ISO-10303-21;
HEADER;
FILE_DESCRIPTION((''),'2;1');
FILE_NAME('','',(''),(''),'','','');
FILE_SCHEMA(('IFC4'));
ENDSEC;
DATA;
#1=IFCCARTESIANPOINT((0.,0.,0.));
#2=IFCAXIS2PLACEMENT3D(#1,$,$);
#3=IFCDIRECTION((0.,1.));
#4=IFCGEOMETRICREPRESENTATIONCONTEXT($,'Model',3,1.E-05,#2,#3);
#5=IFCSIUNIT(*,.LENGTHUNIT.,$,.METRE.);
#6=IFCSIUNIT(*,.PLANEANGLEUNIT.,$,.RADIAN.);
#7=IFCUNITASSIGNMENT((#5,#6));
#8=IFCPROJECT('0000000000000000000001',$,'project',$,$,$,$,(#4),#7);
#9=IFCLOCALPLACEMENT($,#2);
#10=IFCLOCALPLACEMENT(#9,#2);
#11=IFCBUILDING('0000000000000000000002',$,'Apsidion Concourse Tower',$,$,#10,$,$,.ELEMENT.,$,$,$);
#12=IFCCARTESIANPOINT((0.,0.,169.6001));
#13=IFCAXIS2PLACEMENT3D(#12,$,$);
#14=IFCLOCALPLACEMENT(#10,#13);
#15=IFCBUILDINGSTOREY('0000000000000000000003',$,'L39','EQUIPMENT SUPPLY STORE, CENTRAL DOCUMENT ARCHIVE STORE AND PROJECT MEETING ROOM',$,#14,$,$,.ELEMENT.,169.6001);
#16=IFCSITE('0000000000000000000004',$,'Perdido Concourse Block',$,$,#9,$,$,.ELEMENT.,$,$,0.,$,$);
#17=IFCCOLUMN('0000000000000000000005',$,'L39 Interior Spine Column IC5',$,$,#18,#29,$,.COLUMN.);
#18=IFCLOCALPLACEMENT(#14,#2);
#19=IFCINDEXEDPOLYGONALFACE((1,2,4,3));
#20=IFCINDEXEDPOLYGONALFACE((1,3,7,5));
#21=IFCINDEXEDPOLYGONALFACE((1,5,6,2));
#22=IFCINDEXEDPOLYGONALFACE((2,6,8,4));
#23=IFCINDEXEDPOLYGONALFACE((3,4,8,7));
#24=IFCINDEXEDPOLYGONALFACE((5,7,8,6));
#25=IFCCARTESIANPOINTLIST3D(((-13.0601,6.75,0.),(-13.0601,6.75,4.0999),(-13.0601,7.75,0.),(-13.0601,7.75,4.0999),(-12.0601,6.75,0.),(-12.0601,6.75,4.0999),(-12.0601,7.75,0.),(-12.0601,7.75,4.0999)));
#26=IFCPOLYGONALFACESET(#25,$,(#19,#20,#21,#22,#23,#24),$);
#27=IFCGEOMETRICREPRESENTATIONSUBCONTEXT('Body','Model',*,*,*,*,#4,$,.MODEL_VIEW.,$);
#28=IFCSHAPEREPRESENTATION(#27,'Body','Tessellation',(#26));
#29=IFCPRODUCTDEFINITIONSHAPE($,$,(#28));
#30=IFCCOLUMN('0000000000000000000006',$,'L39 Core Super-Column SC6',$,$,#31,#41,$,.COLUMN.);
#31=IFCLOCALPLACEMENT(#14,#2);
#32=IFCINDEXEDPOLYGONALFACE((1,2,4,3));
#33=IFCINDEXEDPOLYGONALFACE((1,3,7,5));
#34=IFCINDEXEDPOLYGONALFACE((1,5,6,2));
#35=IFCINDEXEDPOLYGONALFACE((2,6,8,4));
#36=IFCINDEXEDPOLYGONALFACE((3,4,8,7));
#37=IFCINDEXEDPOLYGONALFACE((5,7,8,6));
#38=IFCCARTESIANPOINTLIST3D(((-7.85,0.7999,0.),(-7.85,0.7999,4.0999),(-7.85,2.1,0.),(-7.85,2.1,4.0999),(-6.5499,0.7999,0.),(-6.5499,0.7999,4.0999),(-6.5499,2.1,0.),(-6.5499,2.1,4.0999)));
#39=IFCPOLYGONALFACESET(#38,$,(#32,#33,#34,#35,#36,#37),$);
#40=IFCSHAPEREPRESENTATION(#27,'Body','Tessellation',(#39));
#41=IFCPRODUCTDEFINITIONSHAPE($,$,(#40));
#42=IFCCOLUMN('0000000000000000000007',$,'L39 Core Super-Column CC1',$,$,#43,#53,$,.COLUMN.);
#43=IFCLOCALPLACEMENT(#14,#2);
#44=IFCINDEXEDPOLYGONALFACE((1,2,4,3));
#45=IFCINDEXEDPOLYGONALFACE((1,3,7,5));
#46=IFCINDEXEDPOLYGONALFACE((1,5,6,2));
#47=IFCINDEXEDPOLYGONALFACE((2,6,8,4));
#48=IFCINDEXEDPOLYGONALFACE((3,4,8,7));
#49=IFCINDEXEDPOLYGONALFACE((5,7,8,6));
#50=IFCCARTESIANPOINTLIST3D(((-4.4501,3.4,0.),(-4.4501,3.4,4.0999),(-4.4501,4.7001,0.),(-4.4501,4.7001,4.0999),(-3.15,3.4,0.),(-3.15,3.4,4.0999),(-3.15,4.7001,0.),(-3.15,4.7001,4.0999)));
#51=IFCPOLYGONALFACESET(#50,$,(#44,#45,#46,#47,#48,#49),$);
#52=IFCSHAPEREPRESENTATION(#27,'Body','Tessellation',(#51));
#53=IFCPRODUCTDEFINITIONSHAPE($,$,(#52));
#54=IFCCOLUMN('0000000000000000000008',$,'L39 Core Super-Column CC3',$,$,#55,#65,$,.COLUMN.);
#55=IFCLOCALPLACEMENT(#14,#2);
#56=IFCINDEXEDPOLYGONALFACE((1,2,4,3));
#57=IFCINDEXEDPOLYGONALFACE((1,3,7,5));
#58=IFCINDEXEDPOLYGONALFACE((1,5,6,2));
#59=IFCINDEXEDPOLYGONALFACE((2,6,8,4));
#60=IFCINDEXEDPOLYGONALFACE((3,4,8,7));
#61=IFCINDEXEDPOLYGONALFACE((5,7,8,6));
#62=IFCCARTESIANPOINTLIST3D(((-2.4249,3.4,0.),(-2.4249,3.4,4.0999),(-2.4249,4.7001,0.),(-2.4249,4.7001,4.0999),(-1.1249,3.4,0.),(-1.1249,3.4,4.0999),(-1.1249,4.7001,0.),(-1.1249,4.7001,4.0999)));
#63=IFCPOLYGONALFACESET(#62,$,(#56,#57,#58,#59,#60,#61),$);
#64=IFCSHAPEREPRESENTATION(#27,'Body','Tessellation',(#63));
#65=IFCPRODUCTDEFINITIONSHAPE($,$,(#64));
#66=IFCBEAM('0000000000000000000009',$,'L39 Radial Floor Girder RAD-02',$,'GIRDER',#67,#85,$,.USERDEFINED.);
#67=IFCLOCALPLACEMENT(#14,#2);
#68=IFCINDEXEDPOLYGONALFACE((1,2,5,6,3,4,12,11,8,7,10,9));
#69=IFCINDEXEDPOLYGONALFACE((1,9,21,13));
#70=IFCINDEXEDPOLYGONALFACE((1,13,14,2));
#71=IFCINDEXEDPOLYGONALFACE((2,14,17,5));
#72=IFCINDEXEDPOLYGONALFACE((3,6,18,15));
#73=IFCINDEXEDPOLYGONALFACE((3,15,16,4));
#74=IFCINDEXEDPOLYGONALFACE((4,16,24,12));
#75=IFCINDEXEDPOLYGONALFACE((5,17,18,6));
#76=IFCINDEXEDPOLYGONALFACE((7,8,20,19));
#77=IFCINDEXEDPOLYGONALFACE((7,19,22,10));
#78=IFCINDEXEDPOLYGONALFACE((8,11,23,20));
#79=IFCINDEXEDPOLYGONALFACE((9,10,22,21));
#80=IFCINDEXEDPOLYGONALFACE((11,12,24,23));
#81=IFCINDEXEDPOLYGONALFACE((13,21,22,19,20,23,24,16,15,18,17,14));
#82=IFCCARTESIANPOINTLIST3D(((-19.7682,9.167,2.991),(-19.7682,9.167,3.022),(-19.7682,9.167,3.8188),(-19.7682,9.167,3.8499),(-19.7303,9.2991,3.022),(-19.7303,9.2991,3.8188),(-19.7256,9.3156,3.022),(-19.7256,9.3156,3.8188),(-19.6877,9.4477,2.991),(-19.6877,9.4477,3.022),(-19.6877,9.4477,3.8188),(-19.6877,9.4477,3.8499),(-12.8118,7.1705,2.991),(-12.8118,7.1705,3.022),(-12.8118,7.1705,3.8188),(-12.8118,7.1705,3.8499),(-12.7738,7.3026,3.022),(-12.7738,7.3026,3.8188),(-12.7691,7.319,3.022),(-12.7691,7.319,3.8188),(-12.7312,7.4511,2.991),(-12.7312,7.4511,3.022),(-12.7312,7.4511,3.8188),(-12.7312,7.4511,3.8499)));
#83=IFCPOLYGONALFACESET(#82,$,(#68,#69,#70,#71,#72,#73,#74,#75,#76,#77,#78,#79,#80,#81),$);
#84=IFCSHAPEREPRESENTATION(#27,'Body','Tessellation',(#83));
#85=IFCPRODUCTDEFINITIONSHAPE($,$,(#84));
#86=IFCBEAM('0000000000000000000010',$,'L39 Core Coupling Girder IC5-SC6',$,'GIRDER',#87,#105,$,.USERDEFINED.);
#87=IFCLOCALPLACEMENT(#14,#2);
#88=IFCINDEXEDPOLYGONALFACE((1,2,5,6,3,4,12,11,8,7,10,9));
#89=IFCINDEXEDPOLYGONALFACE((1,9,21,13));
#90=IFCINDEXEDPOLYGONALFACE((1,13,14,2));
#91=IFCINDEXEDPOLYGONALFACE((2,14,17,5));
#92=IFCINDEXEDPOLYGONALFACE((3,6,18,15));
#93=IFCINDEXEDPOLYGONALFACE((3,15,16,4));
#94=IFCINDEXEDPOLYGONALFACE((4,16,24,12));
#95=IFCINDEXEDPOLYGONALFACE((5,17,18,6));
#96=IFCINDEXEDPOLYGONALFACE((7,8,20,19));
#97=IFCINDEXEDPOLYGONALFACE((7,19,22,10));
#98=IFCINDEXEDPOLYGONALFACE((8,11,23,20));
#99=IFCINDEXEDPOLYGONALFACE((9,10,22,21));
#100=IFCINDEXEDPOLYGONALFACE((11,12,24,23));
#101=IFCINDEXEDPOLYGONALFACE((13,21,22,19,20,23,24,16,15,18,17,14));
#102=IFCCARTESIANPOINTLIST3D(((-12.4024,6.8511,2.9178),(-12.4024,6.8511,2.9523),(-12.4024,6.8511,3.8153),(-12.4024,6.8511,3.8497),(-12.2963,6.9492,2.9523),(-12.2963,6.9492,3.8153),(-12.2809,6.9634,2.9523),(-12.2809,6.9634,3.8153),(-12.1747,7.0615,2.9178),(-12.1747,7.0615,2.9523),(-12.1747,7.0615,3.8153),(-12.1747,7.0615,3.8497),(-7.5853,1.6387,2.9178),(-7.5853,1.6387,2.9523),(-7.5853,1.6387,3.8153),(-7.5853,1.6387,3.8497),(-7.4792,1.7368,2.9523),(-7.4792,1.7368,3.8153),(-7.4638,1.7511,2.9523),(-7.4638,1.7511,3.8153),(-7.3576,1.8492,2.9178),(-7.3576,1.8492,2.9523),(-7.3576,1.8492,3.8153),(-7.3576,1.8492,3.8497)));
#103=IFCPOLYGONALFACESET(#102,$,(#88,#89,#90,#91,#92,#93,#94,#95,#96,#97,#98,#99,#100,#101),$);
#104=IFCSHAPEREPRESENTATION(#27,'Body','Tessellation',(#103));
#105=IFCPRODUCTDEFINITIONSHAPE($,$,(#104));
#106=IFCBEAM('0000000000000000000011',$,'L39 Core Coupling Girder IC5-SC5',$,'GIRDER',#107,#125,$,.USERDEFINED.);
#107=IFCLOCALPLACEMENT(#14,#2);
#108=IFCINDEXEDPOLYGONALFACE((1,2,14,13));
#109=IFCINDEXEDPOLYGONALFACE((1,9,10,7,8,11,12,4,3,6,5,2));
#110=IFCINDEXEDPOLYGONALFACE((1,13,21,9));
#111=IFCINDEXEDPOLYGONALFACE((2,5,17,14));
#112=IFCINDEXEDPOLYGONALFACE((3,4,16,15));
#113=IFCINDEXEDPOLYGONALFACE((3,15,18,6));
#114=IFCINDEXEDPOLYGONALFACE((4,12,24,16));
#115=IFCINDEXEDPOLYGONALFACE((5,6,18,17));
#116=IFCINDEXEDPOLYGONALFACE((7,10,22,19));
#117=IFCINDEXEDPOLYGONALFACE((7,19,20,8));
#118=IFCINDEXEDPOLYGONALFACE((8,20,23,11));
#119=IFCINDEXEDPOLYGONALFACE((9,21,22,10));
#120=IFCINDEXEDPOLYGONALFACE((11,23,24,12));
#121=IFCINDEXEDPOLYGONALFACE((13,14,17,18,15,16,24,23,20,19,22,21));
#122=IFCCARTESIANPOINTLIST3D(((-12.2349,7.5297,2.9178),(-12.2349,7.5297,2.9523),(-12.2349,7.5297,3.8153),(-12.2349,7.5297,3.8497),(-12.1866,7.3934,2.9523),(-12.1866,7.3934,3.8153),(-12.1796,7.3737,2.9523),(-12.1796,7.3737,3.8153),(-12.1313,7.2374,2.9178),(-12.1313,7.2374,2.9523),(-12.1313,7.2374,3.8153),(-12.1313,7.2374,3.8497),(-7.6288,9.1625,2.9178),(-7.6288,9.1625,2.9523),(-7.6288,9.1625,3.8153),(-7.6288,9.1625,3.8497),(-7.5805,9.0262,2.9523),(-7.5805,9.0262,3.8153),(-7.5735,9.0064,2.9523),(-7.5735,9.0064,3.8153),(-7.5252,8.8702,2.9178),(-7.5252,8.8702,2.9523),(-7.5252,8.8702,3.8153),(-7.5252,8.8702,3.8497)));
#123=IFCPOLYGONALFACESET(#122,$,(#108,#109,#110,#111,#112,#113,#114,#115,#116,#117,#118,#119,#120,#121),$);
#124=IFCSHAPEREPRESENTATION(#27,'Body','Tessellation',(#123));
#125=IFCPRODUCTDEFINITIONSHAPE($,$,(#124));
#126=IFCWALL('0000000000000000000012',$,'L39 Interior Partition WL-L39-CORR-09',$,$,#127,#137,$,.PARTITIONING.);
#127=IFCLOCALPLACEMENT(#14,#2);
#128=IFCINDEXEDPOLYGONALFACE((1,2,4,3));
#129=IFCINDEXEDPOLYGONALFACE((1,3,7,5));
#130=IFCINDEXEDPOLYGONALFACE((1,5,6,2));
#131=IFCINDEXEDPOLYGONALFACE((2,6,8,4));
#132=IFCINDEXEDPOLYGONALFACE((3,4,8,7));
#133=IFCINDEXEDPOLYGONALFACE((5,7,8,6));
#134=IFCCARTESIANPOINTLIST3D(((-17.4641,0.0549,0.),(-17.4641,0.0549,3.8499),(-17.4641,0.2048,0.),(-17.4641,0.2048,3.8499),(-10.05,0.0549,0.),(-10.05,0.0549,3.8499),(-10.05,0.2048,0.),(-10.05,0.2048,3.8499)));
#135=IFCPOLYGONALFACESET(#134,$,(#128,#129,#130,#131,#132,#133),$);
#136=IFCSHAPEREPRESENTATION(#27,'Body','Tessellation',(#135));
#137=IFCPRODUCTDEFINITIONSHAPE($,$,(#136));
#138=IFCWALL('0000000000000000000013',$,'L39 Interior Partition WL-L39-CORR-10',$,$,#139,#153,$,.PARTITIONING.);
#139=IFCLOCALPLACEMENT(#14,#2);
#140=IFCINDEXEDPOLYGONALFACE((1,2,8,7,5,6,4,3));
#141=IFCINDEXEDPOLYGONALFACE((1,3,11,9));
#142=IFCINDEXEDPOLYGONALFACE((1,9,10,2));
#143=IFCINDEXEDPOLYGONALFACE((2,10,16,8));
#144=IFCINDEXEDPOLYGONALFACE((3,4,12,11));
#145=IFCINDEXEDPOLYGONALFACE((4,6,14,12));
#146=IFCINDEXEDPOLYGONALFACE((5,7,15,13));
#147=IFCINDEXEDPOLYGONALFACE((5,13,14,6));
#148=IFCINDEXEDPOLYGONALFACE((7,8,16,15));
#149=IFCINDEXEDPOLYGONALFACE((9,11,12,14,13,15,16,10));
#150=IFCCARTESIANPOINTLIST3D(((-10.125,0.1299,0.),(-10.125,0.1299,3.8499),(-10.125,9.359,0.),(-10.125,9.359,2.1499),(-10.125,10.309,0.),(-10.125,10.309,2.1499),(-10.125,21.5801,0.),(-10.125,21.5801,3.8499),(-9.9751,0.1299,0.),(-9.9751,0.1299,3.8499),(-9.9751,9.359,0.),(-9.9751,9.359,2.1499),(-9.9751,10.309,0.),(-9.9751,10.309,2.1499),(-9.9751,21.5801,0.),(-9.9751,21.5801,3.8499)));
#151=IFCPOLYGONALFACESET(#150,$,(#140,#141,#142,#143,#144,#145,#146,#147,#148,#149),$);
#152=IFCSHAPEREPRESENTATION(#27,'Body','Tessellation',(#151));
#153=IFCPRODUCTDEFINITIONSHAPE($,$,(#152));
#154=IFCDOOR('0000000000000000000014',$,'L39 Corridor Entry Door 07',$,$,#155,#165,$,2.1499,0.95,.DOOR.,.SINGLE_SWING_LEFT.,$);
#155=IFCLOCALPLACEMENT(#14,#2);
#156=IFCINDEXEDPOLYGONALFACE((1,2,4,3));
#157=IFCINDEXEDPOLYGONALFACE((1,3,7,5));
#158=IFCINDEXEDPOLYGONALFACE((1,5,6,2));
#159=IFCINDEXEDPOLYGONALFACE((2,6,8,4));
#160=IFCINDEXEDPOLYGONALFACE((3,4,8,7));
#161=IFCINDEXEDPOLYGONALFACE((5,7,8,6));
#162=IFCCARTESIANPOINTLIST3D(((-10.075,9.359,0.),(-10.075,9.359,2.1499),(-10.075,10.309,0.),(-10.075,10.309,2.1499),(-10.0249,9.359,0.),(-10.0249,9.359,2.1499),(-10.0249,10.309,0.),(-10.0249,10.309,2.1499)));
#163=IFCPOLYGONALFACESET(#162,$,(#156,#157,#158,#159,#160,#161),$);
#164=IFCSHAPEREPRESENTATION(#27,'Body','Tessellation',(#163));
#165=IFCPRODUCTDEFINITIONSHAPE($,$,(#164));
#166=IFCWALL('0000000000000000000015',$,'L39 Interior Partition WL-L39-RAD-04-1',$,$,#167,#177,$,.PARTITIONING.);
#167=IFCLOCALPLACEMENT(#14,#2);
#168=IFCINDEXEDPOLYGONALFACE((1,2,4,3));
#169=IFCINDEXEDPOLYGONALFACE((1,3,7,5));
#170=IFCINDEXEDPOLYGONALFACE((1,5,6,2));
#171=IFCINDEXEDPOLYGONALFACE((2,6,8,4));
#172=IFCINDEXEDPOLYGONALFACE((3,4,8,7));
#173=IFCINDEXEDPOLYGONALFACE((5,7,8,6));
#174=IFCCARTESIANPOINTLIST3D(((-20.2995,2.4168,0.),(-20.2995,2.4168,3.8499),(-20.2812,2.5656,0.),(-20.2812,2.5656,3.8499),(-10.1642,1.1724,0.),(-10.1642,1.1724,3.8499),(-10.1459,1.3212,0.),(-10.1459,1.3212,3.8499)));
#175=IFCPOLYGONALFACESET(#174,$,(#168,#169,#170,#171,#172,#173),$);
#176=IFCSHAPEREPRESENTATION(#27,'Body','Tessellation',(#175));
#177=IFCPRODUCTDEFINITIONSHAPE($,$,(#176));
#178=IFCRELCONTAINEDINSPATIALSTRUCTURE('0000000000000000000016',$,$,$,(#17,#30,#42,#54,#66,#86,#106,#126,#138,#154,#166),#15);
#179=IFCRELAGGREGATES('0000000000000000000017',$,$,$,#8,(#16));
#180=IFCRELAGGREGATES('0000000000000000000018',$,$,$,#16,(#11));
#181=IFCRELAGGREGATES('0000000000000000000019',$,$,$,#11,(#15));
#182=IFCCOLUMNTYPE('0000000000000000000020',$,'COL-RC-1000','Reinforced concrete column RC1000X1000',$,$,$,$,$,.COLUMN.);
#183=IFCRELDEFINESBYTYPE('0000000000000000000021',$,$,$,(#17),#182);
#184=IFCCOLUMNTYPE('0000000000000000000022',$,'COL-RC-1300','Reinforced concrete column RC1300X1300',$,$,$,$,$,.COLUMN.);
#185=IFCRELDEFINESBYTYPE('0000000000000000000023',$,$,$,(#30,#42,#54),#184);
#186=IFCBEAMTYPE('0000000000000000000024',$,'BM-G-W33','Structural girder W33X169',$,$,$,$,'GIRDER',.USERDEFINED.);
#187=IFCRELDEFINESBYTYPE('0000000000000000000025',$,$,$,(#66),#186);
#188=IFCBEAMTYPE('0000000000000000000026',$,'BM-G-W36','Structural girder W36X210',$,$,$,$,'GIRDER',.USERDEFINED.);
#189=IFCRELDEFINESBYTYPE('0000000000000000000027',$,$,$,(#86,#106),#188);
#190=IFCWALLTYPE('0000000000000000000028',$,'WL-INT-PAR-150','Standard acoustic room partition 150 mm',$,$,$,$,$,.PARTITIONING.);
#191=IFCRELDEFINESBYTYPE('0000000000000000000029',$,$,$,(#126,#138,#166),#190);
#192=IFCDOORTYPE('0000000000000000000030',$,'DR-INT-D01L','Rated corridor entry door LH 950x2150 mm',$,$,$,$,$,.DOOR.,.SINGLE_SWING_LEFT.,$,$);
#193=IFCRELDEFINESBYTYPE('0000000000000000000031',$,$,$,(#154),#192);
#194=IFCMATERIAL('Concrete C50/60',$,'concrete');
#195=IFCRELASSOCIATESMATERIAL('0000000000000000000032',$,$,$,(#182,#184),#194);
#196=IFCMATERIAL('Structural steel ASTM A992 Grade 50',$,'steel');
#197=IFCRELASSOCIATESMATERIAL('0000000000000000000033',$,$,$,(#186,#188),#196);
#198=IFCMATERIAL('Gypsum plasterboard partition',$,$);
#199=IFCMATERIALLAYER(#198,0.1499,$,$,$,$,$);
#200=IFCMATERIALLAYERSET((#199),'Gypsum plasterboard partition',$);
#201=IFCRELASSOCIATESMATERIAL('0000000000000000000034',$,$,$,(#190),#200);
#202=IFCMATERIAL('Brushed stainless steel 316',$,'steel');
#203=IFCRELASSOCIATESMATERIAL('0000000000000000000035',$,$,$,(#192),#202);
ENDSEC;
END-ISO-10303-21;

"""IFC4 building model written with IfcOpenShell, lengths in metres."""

from ifc_helpers import new_model, si_unit, direction, frame, frame_2d, origin, origin_2d, place, context, subcontext, project, spatial, rectangle, i_section, extrude, material, layer, layer_set, material_profile, profile_set, type_object, element, fill, save


model = new_model("IFC4")

# Units and contexts
model_context = context("Model", 3, precision=1e-05, world=origin(), true_north=direction((0.0, 1.0)))
body_context = subcontext(model_context, "Body", "Model", "MODEL_VIEW")
ifc_project = project(units=[si_unit("LENGTHUNIT", "METRE"), si_unit("PLANEANGLEUNIT", "RADIAN")], contexts=[model_context])

# Site, building, storey
site_placement = place(None, origin())
site = spatial("IfcSite", under=ifc_project, at=site_placement, Name="Perdido Concourse Block", CompositionType="ELEMENT", RefElevation=0.0)
building_placement = place(site_placement, origin())
building = spatial("IfcBuilding", under=site, at=building_placement, Name="Apsidion Concourse Tower", CompositionType="ELEMENT")
storey_placement = place(building_placement, frame((0.0, 0.0, 169.6001)))
storey = spatial("IfcBuildingStorey", under=building, at=storey_placement, Name="L39", Description="EQUIPMENT SUPPLY STORE, CENTRAL DOCUMENT ARCHIVE STORE AND PROJECT MEETING ROOM", CompositionType="ELEMENT", Elevation=169.6001)

# Columns
ifc_material_1 = material(Name="Concrete C50/60", Category="concrete")
ifc_material_profile_1 = material_profile(ifc_material_1, rectangle(XDim=1.0, YDim=1.0, at=origin_2d()), Name="RC 1000x1000")
ifc_profile_set_1 = profile_set([ifc_material_profile_1], Name="Concrete C50/60")
column_type_1 = type_object("IfcColumnType", Name="COL-RC-1000", Description="Reinforced concrete column RC1000X1000", PredefinedType="COLUMN", material=ifc_profile_set_1)
column_placement = place(storey_placement, frame((-12.5601, 7.25, 0.0), z_axis=(0.0, 0.0, 1.0), x_axis=(1.0, 0.0, 0.0)))
element("IfcColumn", 1, at=column_placement, inside=storey, type_object=column_type_1, Name="L39 Interior Spine Column IC5", PredefinedType="COLUMN", context=body_context, shape_type="SweptSolid", body=[
    extrude(rectangle(XDim=1.0, YDim=1.0, at=origin_2d()), origin(), (0.0, 0.0, 1.0), 4.0999),
])
ifc_material_profile_2 = material_profile(ifc_material_1, rectangle(XDim=1.3, YDim=1.3, at=origin_2d()), Name="RC 1300x1300")
ifc_profile_set_2 = profile_set([ifc_material_profile_2], Name="Concrete C50/60")
column_type_2 = type_object("IfcColumnType", Name="COL-RC-1300", Description="Reinforced concrete column RC1300X1300", PredefinedType="COLUMN", material=ifc_profile_set_2)
for number, where, z_axis, x_axis, name in (
    (2, (-7.2, 1.45, 0.0), (0.0, 0.0, 1.0), (1.0, 0.0, 0.0), "L39 Core Super-Column SC6"),
    (3, (-3.8, 4.05, 0.0), (0.0, 0.0, 1.0), (1.0, 0.0, 0.0), "L39 Core Super-Column CC1"),
    (4, (-1.7749, 4.05, 0.0), (0.0, 0.0, 1.0), (1.0, 0.0, 0.0), "L39 Core Super-Column CC3"),
):
    element("IfcColumn", number, at=place(storey_placement, frame(where, z_axis=z_axis, x_axis=x_axis)), inside=storey, type_object=column_type_2, Name=name, PredefinedType="COLUMN", context=body_context, shape_type="SweptSolid", body=[
        extrude(rectangle(XDim=1.3, YDim=1.3, at=origin_2d()), origin(), (0.0, 0.0, 1.0), 4.0999),
    ])

# Beams
ifc_material_2 = material(Name="Structural steel ASTM A992 Grade 50", Category="steel")
ifc_material_profile_3 = material_profile(ifc_material_2, i_section(OverallWidth=0.292, OverallDepth=0.8589, WebThickness=0.0171, FlangeThickness=0.031, at=origin_2d()), Name="W33X169")
ifc_profile_set_3 = profile_set([ifc_material_profile_3], Name="Structural steel ASTM A992 Grade 50")
beam_type_1 = type_object("IfcBeamType", Name="BM-G-W33", Description="Structural girder W33X169", ElementType="GIRDER", PredefinedType="USERDEFINED", material=ifc_profile_set_3)
beam_1_placement = place(storey_placement, frame((-12.7715, 7.3108, 3.4204), z_axis=(-0.961195, 0.27587, 0.0), x_axis=(-0.27587, -0.961195, 0.0)))
element("IfcBeam", 5, at=beam_1_placement, inside=storey, type_object=beam_type_1, Name="L39 Radial Floor Girder RAD-02", ObjectType="GIRDER", PredefinedType="USERDEFINED", context=body_context, shape_type="SweptSolid", body=[
    extrude(i_section(OverallWidth=0.292, OverallDepth=0.8589, WebThickness=0.0171, FlangeThickness=0.031, at=origin_2d()), origin(), (0.0, 0.0, 1.0), 7.2373),
])
ifc_material_profile_4 = material_profile(ifc_material_2, i_section(OverallWidth=0.3101, OverallDepth=0.9319, WebThickness=0.021, FlangeThickness=0.0344, at=origin_2d()), Name="W36X210")
ifc_profile_set_4 = profile_set([ifc_material_profile_4], Name="Structural steel ASTM A992 Grade 50")
beam_type_2 = type_object("IfcBeamType", Name="BM-G-W36", Description="Structural girder W36X210", ElementType="GIRDER", PredefinedType="USERDEFINED", material=ifc_profile_set_4)
beam_2_placement = place(storey_placement, frame((-12.2886, 6.9563, 3.3838), z_axis=(0.678713, -0.734404, 0.0), x_axis=(0.734404, 0.678713, 0.0)))
element("IfcBeam", 6, at=beam_2_placement, inside=storey, type_object=beam_type_2, Name="L39 Core Coupling Girder IC5-SC6", ObjectType="GIRDER", PredefinedType="USERDEFINED", context=body_context, shape_type="SweptSolid", body=[
    extrude(i_section(OverallWidth=0.3101, OverallDepth=0.9319, WebThickness=0.021, FlangeThickness=0.0344, at=origin_2d()), origin(), (0.0, 0.0, 1.0), 7.0974),
])
beam_3_placement = place(storey_placement, frame((-12.1831, 7.3835, 3.3838), z_axis=(0.942534, 0.334111, 0.0), x_axis=(-0.334111, 0.942534, 0.0)))
element("IfcBeam", 7, at=beam_3_placement, inside=storey, type_object=beam_type_2, Name="L39 Core Coupling Girder IC5-SC5", ObjectType="GIRDER", PredefinedType="USERDEFINED", context=body_context, shape_type="SweptSolid", body=[
    extrude(i_section(OverallWidth=0.3101, OverallDepth=0.9319, WebThickness=0.021, FlangeThickness=0.0344, at=origin_2d()), origin(), (0.0, 0.0, 1.0), 4.887),
])

# Wall
ifc_material_3 = material(Name="Gypsum plasterboard partition")
ifc_layer_1 = layer(ifc_material_3, 0.1499)
ifc_layer_set_1 = layer_set([ifc_layer_1], Name="Gypsum plasterboard partition")
wall_type_1 = type_object("IfcWallType", Name="WL-INT-PAR-150", Description="Standard acoustic room partition 150 mm", PredefinedType="PARTITIONING", material=ifc_layer_set_1)
wall_1_placement = place(storey_placement, frame((-17.4641, 0.1299, 0.0), z_axis=(0.0, 0.0, 1.0), x_axis=(1.0, 0.0, 0.0)))
element("IfcWall", 8, at=wall_1_placement, inside=storey, type_object=wall_type_1, Name="L39 Interior Partition WL-L39-CORR-09", PredefinedType="PARTITIONING", context=body_context, shape_type="SweptSolid", body=[
    extrude(rectangle(XDim=7.4141, YDim=0.1499, at=frame_2d((3.707, 0.0))), origin(), (0.0, 0.0, 1.0), 3.8499),
])

# Wall, opening, door
wall_2_placement = place(storey_placement, frame((-10.05, 0.1299, 0.0), z_axis=(0.0, 0.0, 1.0), x_axis=(0.0, 1.0, 0.0)))
wall_2 = element("IfcWall", 9, at=wall_2_placement, inside=storey, type_object=wall_type_1, Name="L39 Interior Partition WL-L39-CORR-10", PredefinedType="PARTITIONING", context=body_context, shape_type="SweptSolid", body=[
    extrude(rectangle(XDim=21.4502, YDim=0.1499, at=frame_2d((10.7251, 0.0))), origin(), (0.0, 0.0, 1.0), 3.8499),
])
opening_1_placement = place(wall_2_placement, frame((9.229, 0.0, 0.0)))
opening_1 = element("IfcOpeningElement", 10, at=opening_1_placement, cuts=wall_2, PredefinedType="OPENING", context=body_context, shape_type="SweptSolid", body=[
    extrude(rectangle(XDim=0.95, YDim=2.1499, at=frame_2d((0.4751, 1.075))), frame((0.0, 0.085, 0.0), z_axis=(0.0, -1.0, 0.0), x_axis=(1.0, 0.0, 0.0)), (0.0, 0.0, 1.0), 0.1699),
])
ifc_material_4 = material(Name="Brushed stainless steel 316", Category="steel")
door_type_1 = type_object("IfcDoorType", Name="DR-INT-D01L", Description="Rated corridor entry door LH 950x2150 mm", OperationType="SINGLE_SWING_LEFT", PredefinedType="DOOR", material=ifc_material_4)
door_1_placement = place(opening_1_placement, origin())
door_1 = element("IfcDoor", 11, at=door_1_placement, inside=storey, type_object=door_type_1, Name="L39 Corridor Entry Door 07", OperationType="SINGLE_SWING_LEFT", OverallHeight=2.1499, OverallWidth=0.95, PredefinedType="DOOR", context=body_context, shape_type="SweptSolid", body=[
    extrude(rectangle(XDim=0.95, YDim=2.1499, at=frame_2d((0.4751, 1.075))), frame((0.0, 0.0249, 0.0), z_axis=(0.0, -1.0, 0.0), x_axis=(1.0, 0.0, 0.0)), (0.0, 0.0, 1.0), 0.05),
])
fill(opening_1, door_1)

# Wall
wall_3_placement = place(storey_placement, frame((-10.155, 1.2468, 0.0), z_axis=(0.0, 0.0, 1.0), x_axis=(-0.992547, 0.121863, 0.0)))
element("IfcWall", 12, at=wall_3_placement, inside=storey, type_object=wall_type_1, Name="L39 Interior Partition WL-L39-RAD-04-1", PredefinedType="PARTITIONING", context=body_context, shape_type="SweptSolid", body=[
    extrude(rectangle(XDim=10.2114, YDim=0.1499, at=frame_2d((5.1057, 0.0))), origin(), (0.0, 0.0, 1.0), 3.8499),
])

save(model, "model.ifc")
